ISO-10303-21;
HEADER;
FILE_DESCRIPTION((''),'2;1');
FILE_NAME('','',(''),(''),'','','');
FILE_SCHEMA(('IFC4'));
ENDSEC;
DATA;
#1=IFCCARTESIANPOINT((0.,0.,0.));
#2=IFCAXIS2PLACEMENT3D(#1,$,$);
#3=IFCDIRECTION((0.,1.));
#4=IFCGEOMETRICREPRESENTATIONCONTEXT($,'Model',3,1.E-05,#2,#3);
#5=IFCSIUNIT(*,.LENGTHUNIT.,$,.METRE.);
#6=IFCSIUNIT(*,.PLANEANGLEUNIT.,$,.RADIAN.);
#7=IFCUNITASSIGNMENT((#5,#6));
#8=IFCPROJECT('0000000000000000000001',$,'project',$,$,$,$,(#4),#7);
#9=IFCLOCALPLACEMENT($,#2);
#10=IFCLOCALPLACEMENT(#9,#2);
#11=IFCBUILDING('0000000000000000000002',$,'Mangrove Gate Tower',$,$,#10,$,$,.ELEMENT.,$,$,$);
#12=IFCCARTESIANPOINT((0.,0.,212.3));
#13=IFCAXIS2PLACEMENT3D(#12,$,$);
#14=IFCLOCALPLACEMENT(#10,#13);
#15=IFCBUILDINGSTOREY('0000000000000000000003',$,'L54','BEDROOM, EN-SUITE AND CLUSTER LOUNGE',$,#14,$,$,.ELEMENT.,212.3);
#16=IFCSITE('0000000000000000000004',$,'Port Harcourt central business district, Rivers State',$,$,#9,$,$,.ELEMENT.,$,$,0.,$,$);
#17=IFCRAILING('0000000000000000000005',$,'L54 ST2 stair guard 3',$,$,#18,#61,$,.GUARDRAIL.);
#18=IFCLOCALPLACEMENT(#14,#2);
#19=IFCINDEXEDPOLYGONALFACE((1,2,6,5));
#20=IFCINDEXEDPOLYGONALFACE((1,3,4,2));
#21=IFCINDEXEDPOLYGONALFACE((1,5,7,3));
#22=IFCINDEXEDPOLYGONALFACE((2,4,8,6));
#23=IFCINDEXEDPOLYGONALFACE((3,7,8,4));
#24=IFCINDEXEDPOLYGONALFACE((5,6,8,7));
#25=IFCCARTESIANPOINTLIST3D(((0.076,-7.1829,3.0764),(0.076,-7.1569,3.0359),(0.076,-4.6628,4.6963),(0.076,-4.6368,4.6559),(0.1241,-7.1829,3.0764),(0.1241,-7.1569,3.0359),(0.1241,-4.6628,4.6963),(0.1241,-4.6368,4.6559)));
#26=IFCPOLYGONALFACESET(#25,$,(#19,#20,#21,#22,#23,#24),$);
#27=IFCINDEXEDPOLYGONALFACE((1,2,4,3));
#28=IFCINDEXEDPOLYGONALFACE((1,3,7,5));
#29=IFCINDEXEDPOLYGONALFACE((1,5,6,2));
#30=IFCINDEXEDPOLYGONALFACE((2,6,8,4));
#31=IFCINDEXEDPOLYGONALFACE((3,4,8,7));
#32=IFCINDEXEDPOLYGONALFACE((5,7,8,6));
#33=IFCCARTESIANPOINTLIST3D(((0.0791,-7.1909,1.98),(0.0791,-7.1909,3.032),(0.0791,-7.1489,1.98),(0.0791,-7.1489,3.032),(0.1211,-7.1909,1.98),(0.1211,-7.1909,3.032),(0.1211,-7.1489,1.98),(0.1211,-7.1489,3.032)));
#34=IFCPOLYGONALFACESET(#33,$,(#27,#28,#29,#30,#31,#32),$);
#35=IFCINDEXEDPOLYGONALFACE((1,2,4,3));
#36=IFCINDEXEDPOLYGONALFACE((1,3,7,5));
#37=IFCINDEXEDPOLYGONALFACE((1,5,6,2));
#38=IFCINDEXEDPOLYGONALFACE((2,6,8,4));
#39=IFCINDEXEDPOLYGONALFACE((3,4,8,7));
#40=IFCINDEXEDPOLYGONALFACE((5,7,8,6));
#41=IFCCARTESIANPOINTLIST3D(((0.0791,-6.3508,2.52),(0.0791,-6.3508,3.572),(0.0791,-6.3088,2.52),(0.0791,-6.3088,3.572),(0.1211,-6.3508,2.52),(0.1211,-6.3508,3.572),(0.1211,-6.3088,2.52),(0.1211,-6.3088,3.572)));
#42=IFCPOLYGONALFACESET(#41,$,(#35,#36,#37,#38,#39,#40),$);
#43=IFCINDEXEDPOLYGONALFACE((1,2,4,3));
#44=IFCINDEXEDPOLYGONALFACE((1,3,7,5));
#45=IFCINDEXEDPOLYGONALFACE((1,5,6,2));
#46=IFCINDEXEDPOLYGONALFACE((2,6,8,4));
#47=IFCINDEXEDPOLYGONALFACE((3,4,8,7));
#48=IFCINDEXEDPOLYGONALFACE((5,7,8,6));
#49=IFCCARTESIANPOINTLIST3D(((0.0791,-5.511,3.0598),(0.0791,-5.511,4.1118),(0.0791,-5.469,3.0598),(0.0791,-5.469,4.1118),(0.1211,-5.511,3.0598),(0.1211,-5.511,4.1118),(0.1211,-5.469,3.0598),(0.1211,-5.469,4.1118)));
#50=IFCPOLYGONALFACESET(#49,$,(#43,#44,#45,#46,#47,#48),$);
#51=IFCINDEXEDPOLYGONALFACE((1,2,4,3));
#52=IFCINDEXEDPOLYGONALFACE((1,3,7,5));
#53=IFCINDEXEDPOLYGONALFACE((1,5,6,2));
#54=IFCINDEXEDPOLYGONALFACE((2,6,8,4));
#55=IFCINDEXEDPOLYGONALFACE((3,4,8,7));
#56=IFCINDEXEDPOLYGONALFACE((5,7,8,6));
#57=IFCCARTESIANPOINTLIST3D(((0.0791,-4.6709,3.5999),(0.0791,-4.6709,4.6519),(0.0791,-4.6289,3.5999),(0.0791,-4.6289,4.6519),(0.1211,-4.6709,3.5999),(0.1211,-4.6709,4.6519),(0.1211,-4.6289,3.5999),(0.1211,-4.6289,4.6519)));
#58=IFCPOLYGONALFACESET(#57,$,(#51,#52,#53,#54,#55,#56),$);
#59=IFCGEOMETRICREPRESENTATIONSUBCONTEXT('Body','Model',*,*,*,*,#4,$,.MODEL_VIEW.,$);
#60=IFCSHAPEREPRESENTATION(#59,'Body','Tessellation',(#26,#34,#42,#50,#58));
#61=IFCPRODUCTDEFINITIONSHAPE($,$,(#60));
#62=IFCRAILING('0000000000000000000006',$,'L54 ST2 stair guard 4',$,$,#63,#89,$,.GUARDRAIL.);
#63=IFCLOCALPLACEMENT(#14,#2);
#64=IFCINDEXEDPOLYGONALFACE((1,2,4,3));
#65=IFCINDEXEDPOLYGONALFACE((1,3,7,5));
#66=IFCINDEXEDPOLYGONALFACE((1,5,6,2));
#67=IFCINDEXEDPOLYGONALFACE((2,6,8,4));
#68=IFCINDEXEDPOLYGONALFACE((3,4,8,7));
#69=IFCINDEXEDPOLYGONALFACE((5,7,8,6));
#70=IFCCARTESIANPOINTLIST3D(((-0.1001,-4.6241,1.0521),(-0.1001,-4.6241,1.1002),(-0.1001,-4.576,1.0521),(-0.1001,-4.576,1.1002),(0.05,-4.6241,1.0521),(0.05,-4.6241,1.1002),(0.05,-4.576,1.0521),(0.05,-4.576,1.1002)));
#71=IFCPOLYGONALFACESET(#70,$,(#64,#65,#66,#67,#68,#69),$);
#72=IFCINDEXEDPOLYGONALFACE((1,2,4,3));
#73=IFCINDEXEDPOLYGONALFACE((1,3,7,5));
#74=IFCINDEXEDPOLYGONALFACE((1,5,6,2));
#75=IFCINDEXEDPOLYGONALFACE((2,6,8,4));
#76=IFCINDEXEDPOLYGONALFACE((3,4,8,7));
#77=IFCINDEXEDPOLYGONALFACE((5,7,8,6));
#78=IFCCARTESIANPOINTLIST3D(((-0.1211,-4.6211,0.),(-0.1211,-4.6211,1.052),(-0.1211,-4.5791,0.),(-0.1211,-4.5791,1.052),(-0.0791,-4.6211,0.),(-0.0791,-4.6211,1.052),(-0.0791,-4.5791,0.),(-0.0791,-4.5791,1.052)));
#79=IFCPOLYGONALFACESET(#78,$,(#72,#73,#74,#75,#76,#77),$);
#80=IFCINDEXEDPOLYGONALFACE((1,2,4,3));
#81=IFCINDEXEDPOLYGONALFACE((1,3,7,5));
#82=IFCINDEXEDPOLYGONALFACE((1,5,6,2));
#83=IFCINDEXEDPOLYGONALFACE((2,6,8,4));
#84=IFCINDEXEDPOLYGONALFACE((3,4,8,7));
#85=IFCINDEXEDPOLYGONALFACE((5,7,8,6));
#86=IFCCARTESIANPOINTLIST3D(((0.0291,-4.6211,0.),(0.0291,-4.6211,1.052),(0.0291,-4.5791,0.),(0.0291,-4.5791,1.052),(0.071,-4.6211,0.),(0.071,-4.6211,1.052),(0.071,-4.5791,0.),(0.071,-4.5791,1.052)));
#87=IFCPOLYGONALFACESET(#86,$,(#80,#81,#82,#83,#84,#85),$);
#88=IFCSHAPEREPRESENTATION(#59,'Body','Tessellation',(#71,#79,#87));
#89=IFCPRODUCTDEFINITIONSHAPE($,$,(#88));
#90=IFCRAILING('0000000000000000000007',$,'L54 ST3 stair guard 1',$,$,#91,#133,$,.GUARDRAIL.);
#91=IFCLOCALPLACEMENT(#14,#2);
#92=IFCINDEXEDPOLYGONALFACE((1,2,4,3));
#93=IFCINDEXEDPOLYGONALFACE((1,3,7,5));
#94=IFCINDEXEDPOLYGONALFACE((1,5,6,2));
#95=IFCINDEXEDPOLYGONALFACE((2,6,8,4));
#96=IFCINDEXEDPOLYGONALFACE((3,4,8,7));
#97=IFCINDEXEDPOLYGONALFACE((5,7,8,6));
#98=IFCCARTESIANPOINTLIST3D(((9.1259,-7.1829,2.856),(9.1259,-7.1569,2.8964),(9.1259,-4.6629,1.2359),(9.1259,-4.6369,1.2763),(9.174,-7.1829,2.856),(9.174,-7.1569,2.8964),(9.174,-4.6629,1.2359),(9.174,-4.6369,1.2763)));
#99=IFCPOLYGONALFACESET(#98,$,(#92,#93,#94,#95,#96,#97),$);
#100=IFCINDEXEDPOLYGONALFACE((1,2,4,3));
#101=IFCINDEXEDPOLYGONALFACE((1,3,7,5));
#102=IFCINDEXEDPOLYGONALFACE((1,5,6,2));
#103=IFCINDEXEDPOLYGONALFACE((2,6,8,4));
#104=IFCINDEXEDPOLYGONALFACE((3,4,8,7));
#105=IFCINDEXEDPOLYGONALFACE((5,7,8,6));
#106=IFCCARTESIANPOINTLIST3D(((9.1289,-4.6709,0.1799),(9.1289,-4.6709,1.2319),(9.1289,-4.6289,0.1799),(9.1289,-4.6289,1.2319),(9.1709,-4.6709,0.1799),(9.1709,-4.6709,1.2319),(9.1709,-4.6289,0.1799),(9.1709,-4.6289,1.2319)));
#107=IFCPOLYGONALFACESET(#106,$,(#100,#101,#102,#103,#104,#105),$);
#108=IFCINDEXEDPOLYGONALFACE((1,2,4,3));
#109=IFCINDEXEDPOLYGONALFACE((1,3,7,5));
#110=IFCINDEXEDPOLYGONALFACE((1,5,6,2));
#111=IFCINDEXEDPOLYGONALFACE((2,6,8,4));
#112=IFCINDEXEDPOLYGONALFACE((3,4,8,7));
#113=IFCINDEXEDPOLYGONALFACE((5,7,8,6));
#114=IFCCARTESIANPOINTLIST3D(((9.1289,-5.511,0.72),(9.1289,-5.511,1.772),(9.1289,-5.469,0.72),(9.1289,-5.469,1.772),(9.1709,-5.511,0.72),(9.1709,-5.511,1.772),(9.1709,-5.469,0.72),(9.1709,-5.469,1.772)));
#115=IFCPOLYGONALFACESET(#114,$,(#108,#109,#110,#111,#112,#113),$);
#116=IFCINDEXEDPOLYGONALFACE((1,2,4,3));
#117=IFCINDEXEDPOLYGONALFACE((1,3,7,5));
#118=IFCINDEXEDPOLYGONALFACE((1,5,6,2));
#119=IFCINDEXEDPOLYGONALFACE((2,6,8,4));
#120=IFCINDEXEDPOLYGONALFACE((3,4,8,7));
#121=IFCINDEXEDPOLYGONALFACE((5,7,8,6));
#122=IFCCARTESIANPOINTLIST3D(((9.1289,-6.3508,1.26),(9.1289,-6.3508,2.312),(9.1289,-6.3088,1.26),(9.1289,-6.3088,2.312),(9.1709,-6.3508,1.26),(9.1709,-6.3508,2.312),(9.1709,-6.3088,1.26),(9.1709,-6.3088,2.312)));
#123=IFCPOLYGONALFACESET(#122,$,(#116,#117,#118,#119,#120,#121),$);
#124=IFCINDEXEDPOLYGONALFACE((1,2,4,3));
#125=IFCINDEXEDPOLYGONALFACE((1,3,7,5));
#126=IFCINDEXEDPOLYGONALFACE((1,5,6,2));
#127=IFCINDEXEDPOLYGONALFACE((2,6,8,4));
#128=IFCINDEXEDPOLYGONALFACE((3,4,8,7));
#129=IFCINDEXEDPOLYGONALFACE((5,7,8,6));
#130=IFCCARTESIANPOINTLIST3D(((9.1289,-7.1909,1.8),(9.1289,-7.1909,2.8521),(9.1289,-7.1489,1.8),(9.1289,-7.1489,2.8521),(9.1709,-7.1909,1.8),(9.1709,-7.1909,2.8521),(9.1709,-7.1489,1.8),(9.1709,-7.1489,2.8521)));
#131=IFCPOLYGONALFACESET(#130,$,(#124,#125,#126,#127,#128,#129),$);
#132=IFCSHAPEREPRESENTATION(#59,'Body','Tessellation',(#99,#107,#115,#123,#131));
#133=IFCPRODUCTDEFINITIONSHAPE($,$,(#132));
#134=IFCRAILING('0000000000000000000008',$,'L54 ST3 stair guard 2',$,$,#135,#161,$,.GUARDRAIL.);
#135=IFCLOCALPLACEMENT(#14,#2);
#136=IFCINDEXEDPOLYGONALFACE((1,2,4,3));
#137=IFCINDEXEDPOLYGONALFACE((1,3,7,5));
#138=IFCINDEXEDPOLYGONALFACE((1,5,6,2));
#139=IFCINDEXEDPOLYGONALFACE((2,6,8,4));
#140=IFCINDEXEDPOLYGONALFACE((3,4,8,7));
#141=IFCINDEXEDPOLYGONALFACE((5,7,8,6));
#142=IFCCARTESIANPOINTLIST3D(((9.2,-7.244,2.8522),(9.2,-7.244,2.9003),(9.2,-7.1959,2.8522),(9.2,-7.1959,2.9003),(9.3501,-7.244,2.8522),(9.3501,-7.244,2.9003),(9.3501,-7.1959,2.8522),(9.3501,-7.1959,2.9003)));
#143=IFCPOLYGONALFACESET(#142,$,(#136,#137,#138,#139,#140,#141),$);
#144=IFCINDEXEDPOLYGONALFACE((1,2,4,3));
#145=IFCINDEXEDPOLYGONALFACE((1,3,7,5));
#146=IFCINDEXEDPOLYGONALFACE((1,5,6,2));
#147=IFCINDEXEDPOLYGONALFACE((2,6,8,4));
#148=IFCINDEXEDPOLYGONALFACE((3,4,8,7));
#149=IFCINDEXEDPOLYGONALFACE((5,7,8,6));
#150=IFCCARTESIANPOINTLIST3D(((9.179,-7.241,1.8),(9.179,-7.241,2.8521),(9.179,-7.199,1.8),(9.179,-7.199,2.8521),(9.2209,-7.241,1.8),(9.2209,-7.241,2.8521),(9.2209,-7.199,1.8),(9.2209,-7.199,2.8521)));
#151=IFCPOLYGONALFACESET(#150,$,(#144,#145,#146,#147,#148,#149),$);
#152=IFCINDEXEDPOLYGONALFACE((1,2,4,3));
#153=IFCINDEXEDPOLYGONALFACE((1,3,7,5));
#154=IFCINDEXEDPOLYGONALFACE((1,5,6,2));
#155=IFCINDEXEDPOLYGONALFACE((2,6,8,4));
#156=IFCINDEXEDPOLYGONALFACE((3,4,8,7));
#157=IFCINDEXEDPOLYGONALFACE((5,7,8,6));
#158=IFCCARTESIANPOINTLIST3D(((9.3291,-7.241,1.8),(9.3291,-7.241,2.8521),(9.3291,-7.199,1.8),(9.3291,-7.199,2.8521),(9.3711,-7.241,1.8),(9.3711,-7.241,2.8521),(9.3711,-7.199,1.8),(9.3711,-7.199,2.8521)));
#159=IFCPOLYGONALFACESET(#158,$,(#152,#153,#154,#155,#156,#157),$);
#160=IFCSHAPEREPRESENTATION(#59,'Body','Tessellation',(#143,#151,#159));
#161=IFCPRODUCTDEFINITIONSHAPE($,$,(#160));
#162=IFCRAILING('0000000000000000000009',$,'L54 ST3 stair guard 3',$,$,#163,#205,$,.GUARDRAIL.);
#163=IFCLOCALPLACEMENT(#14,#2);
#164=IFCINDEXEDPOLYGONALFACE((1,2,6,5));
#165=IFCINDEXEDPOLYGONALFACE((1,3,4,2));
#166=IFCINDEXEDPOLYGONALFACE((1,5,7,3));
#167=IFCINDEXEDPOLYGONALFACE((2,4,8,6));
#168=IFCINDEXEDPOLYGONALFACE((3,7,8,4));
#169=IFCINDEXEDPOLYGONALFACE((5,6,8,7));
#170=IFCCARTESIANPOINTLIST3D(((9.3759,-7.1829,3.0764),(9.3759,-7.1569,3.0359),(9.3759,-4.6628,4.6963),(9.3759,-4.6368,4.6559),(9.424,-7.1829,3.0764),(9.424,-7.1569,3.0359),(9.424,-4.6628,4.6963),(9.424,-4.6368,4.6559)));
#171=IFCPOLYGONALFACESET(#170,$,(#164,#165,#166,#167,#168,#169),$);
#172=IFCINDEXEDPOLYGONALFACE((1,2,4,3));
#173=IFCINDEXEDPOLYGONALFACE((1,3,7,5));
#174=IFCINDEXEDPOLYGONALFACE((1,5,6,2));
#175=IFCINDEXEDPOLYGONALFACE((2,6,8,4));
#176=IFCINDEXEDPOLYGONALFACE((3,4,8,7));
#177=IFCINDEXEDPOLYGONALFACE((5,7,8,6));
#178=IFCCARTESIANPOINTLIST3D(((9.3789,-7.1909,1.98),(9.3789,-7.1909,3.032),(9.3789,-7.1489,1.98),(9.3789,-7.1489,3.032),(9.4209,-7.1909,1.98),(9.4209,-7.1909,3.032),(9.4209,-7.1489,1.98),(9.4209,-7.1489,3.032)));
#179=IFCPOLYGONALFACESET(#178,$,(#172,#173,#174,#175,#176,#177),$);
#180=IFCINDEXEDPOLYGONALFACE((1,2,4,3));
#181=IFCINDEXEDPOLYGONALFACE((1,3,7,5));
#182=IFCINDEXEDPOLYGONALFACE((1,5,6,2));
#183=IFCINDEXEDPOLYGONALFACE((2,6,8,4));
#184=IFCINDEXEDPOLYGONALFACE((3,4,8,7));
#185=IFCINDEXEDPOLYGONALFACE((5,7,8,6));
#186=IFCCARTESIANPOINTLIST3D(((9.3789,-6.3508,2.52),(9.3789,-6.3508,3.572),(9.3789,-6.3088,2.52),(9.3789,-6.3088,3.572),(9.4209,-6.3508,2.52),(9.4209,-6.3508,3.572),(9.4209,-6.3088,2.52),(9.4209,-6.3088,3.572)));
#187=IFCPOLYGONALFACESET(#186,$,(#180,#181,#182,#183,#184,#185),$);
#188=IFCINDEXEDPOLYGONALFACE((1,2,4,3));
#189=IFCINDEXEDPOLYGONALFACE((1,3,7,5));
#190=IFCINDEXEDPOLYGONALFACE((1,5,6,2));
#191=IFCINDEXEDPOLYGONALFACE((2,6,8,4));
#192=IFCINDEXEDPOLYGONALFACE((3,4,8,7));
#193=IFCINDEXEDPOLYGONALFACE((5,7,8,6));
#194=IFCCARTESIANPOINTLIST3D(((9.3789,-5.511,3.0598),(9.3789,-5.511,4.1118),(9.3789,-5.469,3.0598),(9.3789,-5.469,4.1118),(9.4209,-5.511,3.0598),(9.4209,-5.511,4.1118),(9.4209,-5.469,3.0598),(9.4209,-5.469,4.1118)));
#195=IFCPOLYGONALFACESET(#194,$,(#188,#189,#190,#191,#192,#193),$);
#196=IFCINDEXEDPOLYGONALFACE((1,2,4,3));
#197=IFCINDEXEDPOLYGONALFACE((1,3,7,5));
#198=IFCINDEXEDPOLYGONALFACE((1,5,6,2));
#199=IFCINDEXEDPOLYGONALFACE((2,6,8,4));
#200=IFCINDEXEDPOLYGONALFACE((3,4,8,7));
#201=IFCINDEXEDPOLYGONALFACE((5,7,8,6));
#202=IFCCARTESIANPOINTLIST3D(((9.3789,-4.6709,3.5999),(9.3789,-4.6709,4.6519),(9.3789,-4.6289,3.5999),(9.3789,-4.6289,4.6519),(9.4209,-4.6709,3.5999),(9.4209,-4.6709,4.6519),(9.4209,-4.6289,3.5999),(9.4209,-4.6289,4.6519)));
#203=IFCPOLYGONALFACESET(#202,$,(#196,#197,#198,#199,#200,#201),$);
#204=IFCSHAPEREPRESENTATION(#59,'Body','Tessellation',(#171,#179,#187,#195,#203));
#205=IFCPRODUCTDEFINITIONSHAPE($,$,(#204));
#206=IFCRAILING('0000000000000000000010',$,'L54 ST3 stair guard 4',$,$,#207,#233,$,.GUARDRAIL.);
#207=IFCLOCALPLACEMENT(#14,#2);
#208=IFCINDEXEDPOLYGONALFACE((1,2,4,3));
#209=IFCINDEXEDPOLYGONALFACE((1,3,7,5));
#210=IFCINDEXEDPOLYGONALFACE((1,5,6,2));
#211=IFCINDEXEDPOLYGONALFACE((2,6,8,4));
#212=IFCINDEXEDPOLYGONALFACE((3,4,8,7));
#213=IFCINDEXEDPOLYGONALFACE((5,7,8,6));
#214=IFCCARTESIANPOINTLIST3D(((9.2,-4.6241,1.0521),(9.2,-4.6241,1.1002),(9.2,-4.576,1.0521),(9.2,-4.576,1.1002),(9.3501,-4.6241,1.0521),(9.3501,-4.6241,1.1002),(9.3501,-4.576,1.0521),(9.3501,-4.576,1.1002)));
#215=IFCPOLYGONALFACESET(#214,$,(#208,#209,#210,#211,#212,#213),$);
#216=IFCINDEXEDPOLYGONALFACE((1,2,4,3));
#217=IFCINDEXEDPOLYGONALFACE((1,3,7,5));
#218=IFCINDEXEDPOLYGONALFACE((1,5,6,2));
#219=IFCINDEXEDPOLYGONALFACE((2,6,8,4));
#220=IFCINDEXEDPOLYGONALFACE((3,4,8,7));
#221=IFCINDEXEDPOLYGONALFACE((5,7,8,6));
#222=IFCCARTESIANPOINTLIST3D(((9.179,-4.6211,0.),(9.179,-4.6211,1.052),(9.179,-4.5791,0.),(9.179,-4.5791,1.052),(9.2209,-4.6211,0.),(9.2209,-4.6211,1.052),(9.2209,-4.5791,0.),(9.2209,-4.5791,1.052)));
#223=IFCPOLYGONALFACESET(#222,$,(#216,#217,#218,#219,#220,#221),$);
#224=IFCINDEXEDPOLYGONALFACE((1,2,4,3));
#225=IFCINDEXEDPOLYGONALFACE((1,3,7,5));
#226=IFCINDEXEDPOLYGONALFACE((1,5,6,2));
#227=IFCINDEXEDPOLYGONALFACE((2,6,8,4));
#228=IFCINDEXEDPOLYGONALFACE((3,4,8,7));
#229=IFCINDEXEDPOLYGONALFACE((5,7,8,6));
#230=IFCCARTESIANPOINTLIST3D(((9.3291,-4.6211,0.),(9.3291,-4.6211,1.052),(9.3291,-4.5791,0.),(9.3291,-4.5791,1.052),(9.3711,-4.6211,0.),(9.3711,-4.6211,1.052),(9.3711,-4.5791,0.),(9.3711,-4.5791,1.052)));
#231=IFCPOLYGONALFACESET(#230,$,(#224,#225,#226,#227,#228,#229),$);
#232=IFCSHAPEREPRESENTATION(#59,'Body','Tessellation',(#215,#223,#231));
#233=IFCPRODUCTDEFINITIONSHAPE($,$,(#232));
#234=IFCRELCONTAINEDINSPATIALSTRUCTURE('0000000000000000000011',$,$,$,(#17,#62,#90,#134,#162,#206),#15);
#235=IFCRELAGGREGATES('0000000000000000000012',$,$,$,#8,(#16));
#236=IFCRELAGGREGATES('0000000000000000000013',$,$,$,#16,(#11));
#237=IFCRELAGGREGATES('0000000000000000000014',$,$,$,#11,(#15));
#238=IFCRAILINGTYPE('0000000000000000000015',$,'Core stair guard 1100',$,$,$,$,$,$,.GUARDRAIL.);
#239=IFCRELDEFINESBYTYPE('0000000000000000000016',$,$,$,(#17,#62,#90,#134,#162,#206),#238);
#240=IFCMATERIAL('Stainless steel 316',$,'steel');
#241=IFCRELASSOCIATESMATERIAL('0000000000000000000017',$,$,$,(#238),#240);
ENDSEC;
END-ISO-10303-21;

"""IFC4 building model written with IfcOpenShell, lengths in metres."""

from ifc_helpers import new_model, si_unit, direction, frame, origin, origin_2d, place, context, subcontext, project, spatial, rectangle, extrude, material, type_object, element, save


model = new_model("IFC4")

# Units and contexts
model_context = context("Model", 3, precision=1e-05, world=origin(), true_north=direction((0.0, 1.0)))
body_context = subcontext(model_context, "Body", "Model", "MODEL_VIEW")
ifc_project = project(units=[si_unit("LENGTHUNIT", "METRE"), si_unit("PLANEANGLEUNIT", "RADIAN")], contexts=[model_context])

# Site, building, storey
site_placement = place(None, origin())
site = spatial("IfcSite", under=ifc_project, at=site_placement, Name="Port Harcourt central business district, Rivers State", CompositionType="ELEMENT", RefElevation=0.0)
building_placement = place(site_placement, origin())
building = spatial("IfcBuilding", under=site, at=building_placement, Name="Mangrove Gate Tower", CompositionType="ELEMENT")
storey_placement = place(building_placement, frame((0.0, 0.0, 212.3)))
storey = spatial("IfcBuildingStorey", under=building, at=storey_placement, Name="L54", Description="BEDROOM, EN-SUITE AND CLUSTER LOUNGE", CompositionType="ELEMENT", Elevation=212.3)

# Railings
ifc_material_1 = material(Name="Stainless steel 316", Category="steel")
railing_type_1 = type_object("IfcRailingType", Name="Core stair guard 1100", PredefinedType="GUARDRAIL", material=ifc_material_1)
railing_1_placement = place(storey_placement, frame((0.1001, -7.1699, 1.98)))
element("IfcRailing", 1, at=railing_1_placement, inside=storey, type_object=railing_type_1, Name="L54 ST2 stair guard 3", PredefinedType="GUARDRAIL", context=body_context, shape_type="SweptSolid", body=[
    extrude(rectangle(XDim=0.0481, YDim=0.0481, at=origin_2d()), frame((0.0, 0.0, 1.0762), z_axis=(0.0, 0.8412, 0.540725), x_axis=(-1.0, 0.0, 0.0)), (0.0, 0.0, 1.0), 2.9958),
    extrude(rectangle(XDim=0.042, YDim=0.042, at=origin_2d()), origin(), (0.0, 0.0, 1.0), 1.052),
    extrude(rectangle(XDim=0.042, YDim=0.042, at=origin_2d()), frame((0.0, 0.8401, 0.54)), (0.0, 0.0, 1.0), 1.052),
    extrude(rectangle(XDim=0.042, YDim=0.042, at=origin_2d()), frame((0.0, 1.6799, 1.0798)), (0.0, 0.0, 1.0), 1.052),
    extrude(rectangle(XDim=0.042, YDim=0.042, at=origin_2d()), frame((0.0, 2.52, 1.6199)), (0.0, 0.0, 1.0), 1.052),
])
railing_2_placement = place(storey_placement, frame((-0.1001, -4.6001, 0.0)))
element("IfcRailing", 2, at=railing_2_placement, inside=storey, type_object=railing_type_1, Name="L54 ST2 stair guard 4", PredefinedType="GUARDRAIL", context=body_context, shape_type="SweptSolid", body=[
    extrude(rectangle(XDim=0.0481, YDim=0.0481, at=origin_2d()), frame((0.0, 0.0, 1.0762), z_axis=(1.0, 0.0, 0.0), x_axis=(0.0, 1.0, 0.0)), (0.0, 0.0, 1.0), 0.1501),
    extrude(rectangle(XDim=0.042, YDim=0.042, at=origin_2d()), origin(), (0.0, 0.0, 1.0), 1.052),
    extrude(rectangle(XDim=0.042, YDim=0.042, at=origin_2d()), frame((0.1501, 0.0, 0.0)), (0.0, 0.0, 1.0), 1.052),
])
railing_3_placement = place(storey_placement, frame((9.1499, -4.6499, 0.1799)))
element("IfcRailing", 3, at=railing_3_placement, inside=storey, type_object=railing_type_1, Name="L54 ST3 stair guard 1", PredefinedType="GUARDRAIL", context=body_context, shape_type="SweptSolid", body=[
    extrude(rectangle(XDim=0.0481, YDim=0.0481, at=origin_2d()), frame((0.0, 0.0, 1.0762), z_axis=(0.0, -0.841163, 0.540782), x_axis=(1.0, 0.0, 0.0)), (0.0, 0.0, 1.0), 2.9958),
    extrude(rectangle(XDim=0.042, YDim=0.042, at=origin_2d()), origin(), (0.0, 0.0, 1.0), 1.052),
    extrude(rectangle(XDim=0.042, YDim=0.042, at=origin_2d()), frame((0.0, -0.8401, 0.54)), (0.0, 0.0, 1.0), 1.052),
    extrude(rectangle(XDim=0.042, YDim=0.042, at=origin_2d()), frame((0.0, -1.6799, 1.0801)), (0.0, 0.0, 1.0), 1.052),
    extrude(rectangle(XDim=0.042, YDim=0.042, at=origin_2d()), frame((0.0, -2.52, 1.6201)), (0.0, 0.0, 1.0), 1.052),
])
railing_4_placement = place(storey_placement, frame((9.2, -7.22, 1.8)))
element("IfcRailing", 4, at=railing_4_placement, inside=storey, type_object=railing_type_1, Name="L54 ST3 stair guard 2", PredefinedType="GUARDRAIL", context=body_context, shape_type="SweptSolid", body=[
    extrude(rectangle(XDim=0.0481, YDim=0.0481, at=origin_2d()), frame((0.0, 0.0, 1.0762), z_axis=(1.0, 0.0, 0.0), x_axis=(0.0, 1.0, 0.0)), (0.0, 0.0, 1.0), 0.1501),
    extrude(rectangle(XDim=0.042, YDim=0.042, at=origin_2d()), origin(), (0.0, 0.0, 1.0), 1.052),
    extrude(rectangle(XDim=0.042, YDim=0.042, at=origin_2d()), frame((0.1501, 0.0, 0.0)), (0.0, 0.0, 1.0), 1.052),
])
railing_5_placement = place(storey_placement, frame((9.3999, -7.1699, 1.98)))
element("IfcRailing", 5, at=railing_5_placement, inside=storey, type_object=railing_type_1, Name="L54 ST3 stair guard 3", PredefinedType="GUARDRAIL", context=body_context, shape_type="SweptSolid", body=[
    extrude(rectangle(XDim=0.0481, YDim=0.0481, at=origin_2d()), frame((0.0, 0.0, 1.0762), z_axis=(0.0, 0.8412, 0.540725), x_axis=(-1.0, 0.0, 0.0)), (0.0, 0.0, 1.0), 2.9958),
    extrude(rectangle(XDim=0.042, YDim=0.042, at=origin_2d()), origin(), (0.0, 0.0, 1.0), 1.052),
    extrude(rectangle(XDim=0.042, YDim=0.042, at=origin_2d()), frame((0.0, 0.8401, 0.54)), (0.0, 0.0, 1.0), 1.052),
    extrude(rectangle(XDim=0.042, YDim=0.042, at=origin_2d()), frame((0.0, 1.6799, 1.0798)), (0.0, 0.0, 1.0), 1.052),
    extrude(rectangle(XDim=0.042, YDim=0.042, at=origin_2d()), frame((0.0, 2.52, 1.6199)), (0.0, 0.0, 1.0), 1.052),
])
railing_6_placement = place(storey_placement, frame((9.2, -4.6001, 0.0)))
element("IfcRailing", 6, at=railing_6_placement, inside=storey, type_object=railing_type_1, Name="L54 ST3 stair guard 4", PredefinedType="GUARDRAIL", context=body_context, shape_type="SweptSolid", body=[
    extrude(rectangle(XDim=0.0481, YDim=0.0481, at=origin_2d()), frame((0.0, 0.0, 1.0762), z_axis=(1.0, 0.0, 0.0), x_axis=(0.0, 1.0, 0.0)), (0.0, 0.0, 1.0), 0.1501),
    extrude(rectangle(XDim=0.042, YDim=0.042, at=origin_2d()), origin(), (0.0, 0.0, 1.0), 1.052),
    extrude(rectangle(XDim=0.042, YDim=0.042, at=origin_2d()), frame((0.1501, 0.0, 0.0)), (0.0, 0.0, 1.0), 1.052),
])

save(model, "model.ifc")
